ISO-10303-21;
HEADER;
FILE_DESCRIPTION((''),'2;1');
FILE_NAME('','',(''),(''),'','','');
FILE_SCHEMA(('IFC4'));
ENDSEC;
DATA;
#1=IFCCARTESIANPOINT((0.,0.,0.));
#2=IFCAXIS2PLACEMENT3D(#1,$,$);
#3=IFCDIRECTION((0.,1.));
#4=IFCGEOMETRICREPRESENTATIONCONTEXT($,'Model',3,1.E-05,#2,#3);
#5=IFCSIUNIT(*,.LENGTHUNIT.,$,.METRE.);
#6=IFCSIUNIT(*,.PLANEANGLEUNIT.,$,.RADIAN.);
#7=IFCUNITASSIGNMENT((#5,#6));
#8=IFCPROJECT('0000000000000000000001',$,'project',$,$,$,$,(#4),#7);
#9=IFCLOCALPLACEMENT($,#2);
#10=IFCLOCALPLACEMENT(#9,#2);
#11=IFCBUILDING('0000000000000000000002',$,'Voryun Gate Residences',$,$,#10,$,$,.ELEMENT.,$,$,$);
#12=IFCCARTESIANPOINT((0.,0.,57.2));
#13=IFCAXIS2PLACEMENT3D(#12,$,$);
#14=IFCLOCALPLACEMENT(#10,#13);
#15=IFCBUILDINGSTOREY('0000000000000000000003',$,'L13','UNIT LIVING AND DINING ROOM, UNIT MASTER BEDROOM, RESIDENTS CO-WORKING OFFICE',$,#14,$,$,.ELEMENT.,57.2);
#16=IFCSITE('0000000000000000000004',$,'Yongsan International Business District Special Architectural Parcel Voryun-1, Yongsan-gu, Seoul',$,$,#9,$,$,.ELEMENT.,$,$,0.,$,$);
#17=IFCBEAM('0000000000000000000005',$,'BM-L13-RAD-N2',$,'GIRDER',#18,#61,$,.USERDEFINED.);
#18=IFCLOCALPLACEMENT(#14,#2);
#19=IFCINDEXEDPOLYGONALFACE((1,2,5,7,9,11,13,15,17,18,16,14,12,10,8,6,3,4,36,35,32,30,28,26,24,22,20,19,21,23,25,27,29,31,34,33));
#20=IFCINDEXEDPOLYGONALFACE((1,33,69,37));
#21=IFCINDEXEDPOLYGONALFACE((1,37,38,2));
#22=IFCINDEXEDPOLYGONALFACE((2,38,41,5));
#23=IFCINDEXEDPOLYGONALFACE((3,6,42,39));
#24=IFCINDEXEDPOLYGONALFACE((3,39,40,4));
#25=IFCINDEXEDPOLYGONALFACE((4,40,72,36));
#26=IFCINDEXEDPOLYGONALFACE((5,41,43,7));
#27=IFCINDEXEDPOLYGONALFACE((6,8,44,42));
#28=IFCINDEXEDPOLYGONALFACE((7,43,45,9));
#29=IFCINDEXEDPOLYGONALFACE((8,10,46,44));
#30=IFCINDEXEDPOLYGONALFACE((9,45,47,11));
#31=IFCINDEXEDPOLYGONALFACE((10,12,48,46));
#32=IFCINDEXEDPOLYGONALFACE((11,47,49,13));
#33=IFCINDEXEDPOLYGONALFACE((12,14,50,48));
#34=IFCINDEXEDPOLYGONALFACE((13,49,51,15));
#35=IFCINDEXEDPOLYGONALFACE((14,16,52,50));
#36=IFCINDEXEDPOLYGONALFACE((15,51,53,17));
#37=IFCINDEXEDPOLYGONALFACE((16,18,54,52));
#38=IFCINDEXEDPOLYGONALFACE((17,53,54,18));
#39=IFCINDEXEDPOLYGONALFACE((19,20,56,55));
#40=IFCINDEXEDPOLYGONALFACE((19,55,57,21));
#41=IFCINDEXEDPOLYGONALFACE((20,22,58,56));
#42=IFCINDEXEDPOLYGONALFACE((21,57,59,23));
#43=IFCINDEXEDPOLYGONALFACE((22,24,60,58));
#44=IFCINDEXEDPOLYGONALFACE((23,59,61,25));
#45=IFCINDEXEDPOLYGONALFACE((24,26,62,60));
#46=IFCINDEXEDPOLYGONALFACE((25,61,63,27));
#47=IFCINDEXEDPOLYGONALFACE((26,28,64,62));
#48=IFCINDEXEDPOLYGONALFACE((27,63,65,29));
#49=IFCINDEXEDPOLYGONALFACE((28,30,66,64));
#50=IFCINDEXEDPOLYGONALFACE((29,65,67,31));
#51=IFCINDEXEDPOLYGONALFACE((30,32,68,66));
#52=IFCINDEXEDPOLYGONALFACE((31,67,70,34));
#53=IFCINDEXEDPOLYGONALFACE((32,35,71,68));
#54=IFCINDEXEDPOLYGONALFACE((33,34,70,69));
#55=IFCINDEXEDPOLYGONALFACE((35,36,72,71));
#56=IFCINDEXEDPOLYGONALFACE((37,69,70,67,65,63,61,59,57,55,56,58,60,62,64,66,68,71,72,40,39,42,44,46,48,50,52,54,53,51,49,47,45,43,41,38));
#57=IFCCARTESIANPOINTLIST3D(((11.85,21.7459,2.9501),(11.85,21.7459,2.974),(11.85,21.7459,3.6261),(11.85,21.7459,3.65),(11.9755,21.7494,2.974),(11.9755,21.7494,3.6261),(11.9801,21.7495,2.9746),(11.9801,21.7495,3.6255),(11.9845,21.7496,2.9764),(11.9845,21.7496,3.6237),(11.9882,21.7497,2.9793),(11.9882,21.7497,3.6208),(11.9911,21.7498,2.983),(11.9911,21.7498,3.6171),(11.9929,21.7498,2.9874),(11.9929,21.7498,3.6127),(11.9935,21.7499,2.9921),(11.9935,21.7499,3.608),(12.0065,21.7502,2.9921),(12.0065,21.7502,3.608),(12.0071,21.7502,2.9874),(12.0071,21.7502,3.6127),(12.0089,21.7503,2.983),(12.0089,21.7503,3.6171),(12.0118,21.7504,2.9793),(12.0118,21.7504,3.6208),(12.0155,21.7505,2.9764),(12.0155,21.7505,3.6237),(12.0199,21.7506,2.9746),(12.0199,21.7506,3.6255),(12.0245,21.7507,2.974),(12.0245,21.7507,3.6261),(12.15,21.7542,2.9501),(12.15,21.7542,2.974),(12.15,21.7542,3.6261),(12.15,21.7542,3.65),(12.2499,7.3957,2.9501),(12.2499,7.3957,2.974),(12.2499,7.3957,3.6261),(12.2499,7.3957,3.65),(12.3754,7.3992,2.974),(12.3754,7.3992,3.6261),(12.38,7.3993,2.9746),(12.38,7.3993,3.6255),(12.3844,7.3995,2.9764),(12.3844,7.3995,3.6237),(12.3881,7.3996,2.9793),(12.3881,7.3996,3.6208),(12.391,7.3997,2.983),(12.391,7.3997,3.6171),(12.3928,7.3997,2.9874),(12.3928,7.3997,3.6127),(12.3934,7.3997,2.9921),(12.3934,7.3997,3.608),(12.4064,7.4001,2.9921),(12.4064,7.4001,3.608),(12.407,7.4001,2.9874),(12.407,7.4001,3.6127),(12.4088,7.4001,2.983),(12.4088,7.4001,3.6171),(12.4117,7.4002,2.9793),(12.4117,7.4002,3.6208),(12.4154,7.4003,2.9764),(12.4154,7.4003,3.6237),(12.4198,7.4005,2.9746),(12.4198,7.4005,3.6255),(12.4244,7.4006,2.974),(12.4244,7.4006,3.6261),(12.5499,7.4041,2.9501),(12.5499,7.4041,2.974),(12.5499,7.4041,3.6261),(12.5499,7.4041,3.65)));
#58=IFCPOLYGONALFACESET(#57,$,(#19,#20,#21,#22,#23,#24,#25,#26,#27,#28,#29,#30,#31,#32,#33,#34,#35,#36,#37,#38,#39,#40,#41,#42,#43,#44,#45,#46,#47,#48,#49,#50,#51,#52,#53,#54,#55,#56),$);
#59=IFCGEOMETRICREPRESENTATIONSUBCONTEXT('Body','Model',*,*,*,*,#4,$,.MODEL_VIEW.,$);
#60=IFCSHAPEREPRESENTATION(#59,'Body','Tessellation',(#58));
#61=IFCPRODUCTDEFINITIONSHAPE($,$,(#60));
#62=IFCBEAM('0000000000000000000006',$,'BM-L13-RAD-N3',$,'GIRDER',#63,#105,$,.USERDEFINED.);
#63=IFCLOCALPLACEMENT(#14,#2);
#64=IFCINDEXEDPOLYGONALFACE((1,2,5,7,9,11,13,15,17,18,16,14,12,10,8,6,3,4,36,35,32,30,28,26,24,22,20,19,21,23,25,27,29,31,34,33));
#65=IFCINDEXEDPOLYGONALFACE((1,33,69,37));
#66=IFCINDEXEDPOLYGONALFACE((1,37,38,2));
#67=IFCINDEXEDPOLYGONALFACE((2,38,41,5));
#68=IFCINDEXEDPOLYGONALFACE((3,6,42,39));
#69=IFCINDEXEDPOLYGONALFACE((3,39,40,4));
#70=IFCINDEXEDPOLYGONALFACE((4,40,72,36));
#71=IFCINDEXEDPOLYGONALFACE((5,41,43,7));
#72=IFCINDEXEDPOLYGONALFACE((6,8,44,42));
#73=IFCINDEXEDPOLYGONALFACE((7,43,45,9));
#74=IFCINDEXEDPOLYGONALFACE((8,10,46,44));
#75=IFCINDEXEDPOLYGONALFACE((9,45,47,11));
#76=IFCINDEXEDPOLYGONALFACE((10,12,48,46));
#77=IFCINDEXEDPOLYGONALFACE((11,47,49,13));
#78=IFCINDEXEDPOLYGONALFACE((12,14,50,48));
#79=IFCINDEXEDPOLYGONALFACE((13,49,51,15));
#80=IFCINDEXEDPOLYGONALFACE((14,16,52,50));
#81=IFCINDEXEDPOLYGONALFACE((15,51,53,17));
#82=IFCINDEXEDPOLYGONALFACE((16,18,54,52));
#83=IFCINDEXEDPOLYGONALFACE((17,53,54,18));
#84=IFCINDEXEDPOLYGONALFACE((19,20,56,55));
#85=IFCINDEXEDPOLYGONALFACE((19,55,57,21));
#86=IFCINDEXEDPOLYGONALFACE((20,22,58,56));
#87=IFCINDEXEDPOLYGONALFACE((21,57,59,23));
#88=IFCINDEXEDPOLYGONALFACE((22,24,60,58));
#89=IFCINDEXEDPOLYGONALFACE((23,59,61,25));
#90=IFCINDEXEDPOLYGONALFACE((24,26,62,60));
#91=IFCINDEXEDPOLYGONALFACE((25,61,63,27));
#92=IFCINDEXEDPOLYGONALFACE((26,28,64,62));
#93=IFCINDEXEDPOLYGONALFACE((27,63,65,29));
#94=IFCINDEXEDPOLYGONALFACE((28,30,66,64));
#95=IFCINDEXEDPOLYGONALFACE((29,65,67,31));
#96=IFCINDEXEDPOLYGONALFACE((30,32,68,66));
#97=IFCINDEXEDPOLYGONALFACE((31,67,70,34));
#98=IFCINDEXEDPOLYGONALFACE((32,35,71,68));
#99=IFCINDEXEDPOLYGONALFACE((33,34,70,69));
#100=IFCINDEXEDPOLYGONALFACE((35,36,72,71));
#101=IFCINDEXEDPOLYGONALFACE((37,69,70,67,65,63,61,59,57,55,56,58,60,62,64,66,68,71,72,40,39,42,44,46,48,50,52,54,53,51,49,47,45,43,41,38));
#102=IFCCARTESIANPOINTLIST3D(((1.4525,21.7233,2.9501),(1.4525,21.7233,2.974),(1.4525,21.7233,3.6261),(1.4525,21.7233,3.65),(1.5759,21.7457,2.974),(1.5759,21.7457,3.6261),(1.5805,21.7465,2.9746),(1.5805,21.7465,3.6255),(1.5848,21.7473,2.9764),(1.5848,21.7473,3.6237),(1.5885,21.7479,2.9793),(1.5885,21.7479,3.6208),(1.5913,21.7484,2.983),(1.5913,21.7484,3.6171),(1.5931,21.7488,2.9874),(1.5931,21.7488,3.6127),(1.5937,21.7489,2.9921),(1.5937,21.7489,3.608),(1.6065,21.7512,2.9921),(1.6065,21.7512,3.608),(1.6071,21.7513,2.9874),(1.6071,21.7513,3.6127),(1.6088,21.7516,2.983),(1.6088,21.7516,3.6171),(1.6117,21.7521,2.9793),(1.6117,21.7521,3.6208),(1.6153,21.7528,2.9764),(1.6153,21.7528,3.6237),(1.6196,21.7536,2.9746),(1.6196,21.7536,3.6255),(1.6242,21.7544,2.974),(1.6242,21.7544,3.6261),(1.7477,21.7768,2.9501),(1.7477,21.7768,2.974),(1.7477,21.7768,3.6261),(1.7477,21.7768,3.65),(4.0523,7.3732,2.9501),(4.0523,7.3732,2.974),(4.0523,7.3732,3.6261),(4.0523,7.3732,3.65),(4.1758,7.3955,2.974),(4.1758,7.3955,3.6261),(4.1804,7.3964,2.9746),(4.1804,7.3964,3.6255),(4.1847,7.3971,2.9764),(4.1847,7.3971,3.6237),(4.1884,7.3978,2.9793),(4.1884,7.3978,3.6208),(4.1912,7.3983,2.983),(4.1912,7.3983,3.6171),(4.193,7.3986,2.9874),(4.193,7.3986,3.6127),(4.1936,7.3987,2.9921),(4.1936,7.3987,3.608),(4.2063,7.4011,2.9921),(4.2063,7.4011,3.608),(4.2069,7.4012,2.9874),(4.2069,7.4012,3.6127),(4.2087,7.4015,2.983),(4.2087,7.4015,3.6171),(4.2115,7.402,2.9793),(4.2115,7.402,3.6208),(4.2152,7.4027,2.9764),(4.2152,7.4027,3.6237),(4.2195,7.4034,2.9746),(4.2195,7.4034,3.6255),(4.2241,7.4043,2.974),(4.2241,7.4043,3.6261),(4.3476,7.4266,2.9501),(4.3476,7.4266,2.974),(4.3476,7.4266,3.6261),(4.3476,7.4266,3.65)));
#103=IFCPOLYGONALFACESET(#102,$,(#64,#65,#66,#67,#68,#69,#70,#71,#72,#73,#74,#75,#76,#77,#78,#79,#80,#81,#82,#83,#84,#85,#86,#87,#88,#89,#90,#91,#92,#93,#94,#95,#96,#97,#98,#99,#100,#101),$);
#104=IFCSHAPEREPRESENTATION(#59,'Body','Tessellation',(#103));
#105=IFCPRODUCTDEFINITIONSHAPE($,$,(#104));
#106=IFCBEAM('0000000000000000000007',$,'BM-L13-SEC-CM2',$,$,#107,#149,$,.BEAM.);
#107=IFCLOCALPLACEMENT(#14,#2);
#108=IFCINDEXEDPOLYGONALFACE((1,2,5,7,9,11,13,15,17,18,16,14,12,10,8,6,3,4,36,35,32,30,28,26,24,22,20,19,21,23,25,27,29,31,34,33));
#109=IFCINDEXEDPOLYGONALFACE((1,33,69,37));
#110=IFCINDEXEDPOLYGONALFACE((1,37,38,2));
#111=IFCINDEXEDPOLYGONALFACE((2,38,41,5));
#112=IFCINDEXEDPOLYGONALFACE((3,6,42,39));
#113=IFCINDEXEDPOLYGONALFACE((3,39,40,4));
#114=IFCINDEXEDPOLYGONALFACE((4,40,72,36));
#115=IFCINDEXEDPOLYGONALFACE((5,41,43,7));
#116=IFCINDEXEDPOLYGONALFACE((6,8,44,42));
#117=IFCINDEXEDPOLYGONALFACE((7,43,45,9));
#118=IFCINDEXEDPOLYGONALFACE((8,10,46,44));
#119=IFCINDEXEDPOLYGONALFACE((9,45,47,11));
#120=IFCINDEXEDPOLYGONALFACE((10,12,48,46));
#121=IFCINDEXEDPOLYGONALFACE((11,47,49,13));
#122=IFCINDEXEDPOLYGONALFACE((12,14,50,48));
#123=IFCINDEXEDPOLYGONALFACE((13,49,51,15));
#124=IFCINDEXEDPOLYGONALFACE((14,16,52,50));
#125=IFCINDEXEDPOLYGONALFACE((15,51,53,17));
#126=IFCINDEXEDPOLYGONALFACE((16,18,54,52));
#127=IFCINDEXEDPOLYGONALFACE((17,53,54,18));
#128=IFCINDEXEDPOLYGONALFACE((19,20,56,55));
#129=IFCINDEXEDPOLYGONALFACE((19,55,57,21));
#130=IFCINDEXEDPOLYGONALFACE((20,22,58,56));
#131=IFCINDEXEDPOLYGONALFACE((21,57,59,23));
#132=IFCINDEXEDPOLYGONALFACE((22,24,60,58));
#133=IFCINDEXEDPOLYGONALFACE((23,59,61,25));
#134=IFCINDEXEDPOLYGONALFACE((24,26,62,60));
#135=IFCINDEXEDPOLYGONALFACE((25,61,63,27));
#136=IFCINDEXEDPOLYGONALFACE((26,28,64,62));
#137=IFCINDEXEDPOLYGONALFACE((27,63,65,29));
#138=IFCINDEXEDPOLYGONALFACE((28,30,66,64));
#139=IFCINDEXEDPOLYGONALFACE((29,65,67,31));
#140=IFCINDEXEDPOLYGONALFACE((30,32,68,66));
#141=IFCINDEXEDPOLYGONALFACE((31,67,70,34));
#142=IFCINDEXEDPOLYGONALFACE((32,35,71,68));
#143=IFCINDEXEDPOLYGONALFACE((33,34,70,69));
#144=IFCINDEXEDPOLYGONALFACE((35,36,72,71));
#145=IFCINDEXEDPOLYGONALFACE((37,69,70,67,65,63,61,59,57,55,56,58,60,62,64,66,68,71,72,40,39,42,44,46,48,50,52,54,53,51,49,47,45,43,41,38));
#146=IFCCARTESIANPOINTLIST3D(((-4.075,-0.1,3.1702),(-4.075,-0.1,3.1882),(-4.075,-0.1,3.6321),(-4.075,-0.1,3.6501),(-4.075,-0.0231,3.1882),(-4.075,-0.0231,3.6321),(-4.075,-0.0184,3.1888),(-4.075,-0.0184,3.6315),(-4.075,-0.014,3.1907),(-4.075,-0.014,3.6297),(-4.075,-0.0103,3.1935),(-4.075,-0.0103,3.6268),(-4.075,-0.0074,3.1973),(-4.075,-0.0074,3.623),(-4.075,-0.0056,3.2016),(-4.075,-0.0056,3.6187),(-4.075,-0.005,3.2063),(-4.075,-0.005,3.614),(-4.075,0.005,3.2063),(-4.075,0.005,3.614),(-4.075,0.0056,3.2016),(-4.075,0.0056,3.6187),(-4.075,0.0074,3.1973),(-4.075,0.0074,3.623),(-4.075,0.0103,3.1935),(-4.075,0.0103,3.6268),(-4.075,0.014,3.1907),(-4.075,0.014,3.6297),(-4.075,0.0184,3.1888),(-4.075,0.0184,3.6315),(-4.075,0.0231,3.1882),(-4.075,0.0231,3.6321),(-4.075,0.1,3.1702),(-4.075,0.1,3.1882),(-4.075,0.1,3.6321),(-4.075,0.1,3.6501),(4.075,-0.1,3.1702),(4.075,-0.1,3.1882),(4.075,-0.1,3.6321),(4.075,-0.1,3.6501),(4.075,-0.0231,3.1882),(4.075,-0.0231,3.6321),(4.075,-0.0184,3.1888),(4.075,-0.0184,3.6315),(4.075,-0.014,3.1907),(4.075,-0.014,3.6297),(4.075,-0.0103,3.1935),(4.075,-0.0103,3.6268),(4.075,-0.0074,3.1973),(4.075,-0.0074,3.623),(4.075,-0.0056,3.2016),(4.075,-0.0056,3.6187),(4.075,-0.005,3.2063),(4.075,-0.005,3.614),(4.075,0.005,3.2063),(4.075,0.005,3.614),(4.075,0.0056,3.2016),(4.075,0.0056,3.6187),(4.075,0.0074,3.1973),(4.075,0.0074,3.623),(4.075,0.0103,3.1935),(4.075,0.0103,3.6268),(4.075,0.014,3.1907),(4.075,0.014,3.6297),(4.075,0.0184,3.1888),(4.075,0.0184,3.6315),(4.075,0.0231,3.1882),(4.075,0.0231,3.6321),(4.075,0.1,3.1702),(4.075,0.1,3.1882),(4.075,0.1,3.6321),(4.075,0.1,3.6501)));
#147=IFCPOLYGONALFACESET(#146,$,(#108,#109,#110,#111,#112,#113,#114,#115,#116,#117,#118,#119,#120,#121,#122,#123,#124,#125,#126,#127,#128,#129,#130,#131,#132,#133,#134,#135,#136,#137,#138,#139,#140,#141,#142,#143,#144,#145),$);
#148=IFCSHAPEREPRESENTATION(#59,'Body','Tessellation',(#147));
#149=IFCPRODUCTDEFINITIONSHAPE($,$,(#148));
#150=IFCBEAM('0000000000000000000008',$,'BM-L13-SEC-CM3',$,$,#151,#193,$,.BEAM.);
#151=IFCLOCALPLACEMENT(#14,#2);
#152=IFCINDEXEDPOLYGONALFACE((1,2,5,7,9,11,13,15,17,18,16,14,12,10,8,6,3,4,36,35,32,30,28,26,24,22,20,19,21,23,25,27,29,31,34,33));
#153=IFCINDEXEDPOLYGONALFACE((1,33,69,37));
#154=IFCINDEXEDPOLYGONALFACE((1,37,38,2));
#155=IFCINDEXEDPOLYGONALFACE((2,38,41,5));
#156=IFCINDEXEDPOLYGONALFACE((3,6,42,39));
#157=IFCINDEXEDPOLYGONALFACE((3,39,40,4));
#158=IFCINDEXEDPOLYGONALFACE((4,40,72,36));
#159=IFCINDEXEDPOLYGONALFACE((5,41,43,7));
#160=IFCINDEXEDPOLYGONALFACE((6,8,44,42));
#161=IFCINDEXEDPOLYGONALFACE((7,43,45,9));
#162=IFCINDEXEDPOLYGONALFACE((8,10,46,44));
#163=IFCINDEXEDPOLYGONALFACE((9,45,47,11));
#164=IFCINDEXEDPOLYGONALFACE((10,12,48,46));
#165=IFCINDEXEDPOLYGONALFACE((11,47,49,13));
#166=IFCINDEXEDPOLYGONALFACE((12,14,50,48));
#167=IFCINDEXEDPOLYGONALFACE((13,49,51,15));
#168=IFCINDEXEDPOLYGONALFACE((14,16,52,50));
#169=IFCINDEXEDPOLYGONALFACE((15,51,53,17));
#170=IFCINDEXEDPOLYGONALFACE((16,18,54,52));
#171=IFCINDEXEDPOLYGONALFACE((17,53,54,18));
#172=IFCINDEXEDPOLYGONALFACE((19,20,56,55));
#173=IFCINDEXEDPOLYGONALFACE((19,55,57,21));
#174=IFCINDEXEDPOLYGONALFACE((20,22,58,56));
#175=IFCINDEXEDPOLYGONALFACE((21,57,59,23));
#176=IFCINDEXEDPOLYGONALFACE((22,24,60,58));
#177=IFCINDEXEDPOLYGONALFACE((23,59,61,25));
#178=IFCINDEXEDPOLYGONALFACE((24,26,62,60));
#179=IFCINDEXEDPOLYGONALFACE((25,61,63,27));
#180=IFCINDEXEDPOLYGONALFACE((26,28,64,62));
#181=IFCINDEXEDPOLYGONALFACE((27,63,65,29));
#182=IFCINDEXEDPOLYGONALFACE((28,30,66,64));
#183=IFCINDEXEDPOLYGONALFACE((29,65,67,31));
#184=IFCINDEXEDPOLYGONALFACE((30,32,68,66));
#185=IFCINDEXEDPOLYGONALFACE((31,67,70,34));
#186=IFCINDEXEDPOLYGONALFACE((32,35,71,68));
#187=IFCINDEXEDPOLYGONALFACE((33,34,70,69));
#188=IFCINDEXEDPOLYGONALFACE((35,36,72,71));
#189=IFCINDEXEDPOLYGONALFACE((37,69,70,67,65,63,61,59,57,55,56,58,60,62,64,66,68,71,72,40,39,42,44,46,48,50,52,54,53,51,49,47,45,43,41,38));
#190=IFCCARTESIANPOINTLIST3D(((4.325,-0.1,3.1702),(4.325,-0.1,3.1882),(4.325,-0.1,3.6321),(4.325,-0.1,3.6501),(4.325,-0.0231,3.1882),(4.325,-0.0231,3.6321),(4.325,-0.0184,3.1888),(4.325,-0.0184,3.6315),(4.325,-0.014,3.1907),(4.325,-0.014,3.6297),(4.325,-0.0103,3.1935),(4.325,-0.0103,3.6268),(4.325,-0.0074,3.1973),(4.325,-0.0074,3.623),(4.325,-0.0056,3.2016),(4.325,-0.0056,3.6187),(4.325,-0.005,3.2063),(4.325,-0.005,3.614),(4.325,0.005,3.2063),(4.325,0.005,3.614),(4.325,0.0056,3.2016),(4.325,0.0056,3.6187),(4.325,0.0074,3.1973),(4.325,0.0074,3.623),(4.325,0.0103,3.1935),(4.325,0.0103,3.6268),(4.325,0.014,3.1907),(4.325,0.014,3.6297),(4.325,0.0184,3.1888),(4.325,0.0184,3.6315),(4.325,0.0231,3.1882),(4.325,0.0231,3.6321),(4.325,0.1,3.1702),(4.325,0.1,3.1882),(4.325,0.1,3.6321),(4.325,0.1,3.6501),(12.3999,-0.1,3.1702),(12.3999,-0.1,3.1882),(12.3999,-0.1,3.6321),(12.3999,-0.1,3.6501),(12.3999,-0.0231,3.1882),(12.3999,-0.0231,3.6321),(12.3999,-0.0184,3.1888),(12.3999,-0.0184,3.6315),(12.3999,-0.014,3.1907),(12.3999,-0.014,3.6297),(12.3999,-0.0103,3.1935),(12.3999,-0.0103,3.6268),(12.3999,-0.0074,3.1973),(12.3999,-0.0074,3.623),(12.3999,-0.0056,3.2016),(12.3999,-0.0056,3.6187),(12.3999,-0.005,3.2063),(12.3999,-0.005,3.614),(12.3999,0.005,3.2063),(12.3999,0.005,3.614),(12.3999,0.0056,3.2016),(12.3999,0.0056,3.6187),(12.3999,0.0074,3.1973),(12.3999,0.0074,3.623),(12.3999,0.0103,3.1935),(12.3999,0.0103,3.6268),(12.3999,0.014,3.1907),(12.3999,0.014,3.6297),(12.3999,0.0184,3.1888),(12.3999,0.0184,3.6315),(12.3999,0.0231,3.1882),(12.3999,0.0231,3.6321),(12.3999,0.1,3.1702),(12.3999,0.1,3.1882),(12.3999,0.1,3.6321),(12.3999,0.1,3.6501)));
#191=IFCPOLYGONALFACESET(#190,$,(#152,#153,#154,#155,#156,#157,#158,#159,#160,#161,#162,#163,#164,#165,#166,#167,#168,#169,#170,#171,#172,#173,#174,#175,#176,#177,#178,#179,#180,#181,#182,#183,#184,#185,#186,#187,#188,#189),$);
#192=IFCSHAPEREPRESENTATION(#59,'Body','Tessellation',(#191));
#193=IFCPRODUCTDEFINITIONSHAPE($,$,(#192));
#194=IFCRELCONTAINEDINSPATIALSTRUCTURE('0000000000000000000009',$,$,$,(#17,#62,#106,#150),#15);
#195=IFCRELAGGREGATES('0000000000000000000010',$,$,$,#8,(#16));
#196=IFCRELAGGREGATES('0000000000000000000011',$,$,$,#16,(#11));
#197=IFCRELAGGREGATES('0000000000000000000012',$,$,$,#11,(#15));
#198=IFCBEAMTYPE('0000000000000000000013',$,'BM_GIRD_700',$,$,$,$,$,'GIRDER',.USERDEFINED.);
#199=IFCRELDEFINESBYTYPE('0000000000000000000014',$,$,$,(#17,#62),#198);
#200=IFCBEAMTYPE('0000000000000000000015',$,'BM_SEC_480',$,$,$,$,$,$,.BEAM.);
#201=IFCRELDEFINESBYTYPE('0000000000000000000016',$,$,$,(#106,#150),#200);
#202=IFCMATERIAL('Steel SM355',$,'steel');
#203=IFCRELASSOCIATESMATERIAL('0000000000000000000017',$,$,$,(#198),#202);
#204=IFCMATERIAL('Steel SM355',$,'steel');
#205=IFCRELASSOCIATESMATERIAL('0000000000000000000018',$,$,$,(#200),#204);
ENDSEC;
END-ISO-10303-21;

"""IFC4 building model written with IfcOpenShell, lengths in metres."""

from ifc_helpers import new_model, si_unit, direction, frame, origin, origin_2d, place, context, subcontext, project, spatial, i_section, extrude, material, material_profile, profile_set, type_object, element, save


model = new_model("IFC4")

# Units and contexts
model_context = context("Model", 3, precision=1e-05, world=origin(), true_north=direction((0.0, 1.0)))
body_context = subcontext(model_context, "Body", "Model", "MODEL_VIEW")
ifc_project = project(units=[si_unit("LENGTHUNIT", "METRE"), si_unit("PLANEANGLEUNIT", "RADIAN")], contexts=[model_context])

# Site, building, storey
site_placement = place(None, origin())
site = spatial("IfcSite", under=ifc_project, at=site_placement, Name="Yongsan International Business District Special Architectural Parcel Voryun-1, Yongsan-gu, Seoul", CompositionType="ELEMENT", RefElevation=0.0)
building_placement = place(site_placement, origin())
building = spatial("IfcBuilding", under=site, at=building_placement, Name="Voryun Gate Residences", CompositionType="ELEMENT")
storey_placement = place(building_placement, frame((0.0, 0.0, 57.2)))
storey = spatial("IfcBuildingStorey", under=building, at=storey_placement, Name="L13", Description="UNIT LIVING AND DINING ROOM, UNIT MASTER BEDROOM, RESIDENTS CO-WORKING OFFICE", CompositionType="ELEMENT", Elevation=57.2)

# Beams
ifc_material_1 = material(Name="Steel SM355", Category="steel")
ifc_material_profile_1 = material_profile(ifc_material_1, i_section(OverallWidth=0.3, OverallDepth=0.7, WebThickness=0.0129, FlangeThickness=0.0239, FilletRadius=0.0181, at=origin_2d()), Name="H-700x300x13x24")
ifc_profile_set_1 = profile_set([ifc_material_profile_1], Name="Steel SM355")
beam_type_1 = type_object("IfcBeamType", Name="BM_GIRD_700", ElementType="GIRDER", PredefinedType="USERDEFINED", material=ifc_profile_set_1)
beam_1_placement = place(storey_placement, frame((12.3999, 7.3999, 3.3), z_axis=(-0.027857, 0.999612, 0.0), x_axis=(-0.999612, -0.027857, 0.0)))
element("IfcBeam", 1, at=beam_1_placement, inside=storey, type_object=beam_type_1, Name="BM-L13-RAD-N2", ObjectType="GIRDER", PredefinedType="USERDEFINED", context=body_context, shape_type="SweptSolid", body=[
    extrude(i_section(OverallWidth=0.3, OverallDepth=0.7, WebThickness=0.0129, FlangeThickness=0.0239, FilletRadius=0.0181, at=origin_2d()), origin(), (0.0, 0.0, 1.0), 14.3557),
])
beam_2_placement = place(storey_placement, frame((4.2, 7.3999, 3.3), z_axis=(-0.178271, 0.983981, 0.0), x_axis=(-0.983981, -0.178271, 0.0)))
element("IfcBeam", 2, at=beam_2_placement, inside=storey, type_object=beam_type_1, Name="BM-L13-RAD-N3", ObjectType="GIRDER", PredefinedType="USERDEFINED", context=body_context, shape_type="SweptSolid", body=[
    extrude(i_section(OverallWidth=0.3, OverallDepth=0.7, WebThickness=0.0129, FlangeThickness=0.0239, FilletRadius=0.0181, at=origin_2d()), origin(), (0.0, 0.0, 1.0), 14.5837),
])
ifc_material_2 = material(Name="Steel SM355", Category="steel")
ifc_material_profile_2 = material_profile(ifc_material_2, i_section(OverallWidth=0.2, OverallDepth=0.48, WebThickness=0.01, FlangeThickness=0.0181, FilletRadius=0.0181, at=origin_2d()), Name="H-480x200x10x18")
ifc_profile_set_2 = profile_set([ifc_material_profile_2], Name="Steel SM355")
beam_type_2 = type_object("IfcBeamType", Name="BM_SEC_480", PredefinedType="BEAM", material=ifc_profile_set_2)
beam_3_placement = place(storey_placement, frame((-4.075, 0.0, 3.4102), z_axis=(1.0, 0.0, 0.0), x_axis=(0.0, 1.0, 0.0)))
element("IfcBeam", 3, at=beam_3_placement, inside=storey, type_object=beam_type_2, Name="BM-L13-SEC-CM2", PredefinedType="BEAM", context=body_context, shape_type="SweptSolid", body=[
    extrude(i_section(OverallWidth=0.2, OverallDepth=0.48, WebThickness=0.01, FlangeThickness=0.0181, FilletRadius=0.0181, at=origin_2d()), origin(), (0.0, 0.0, 1.0), 8.1499),
])
beam_4_placement = place(storey_placement, frame((4.325, 0.0, 3.4102), z_axis=(1.0, 0.0, 0.0), x_axis=(0.0, 1.0, 0.0)))
element("IfcBeam", 4, at=beam_4_placement, inside=storey, type_object=beam_type_2, Name="BM-L13-SEC-CM3", PredefinedType="BEAM", context=body_context, shape_type="SweptSolid", body=[
    extrude(i_section(OverallWidth=0.2, OverallDepth=0.48, WebThickness=0.01, FlangeThickness=0.0181, FilletRadius=0.0181, at=origin_2d()), origin(), (0.0, 0.0, 1.0), 8.075),
])

save(model, "model.ifc")
